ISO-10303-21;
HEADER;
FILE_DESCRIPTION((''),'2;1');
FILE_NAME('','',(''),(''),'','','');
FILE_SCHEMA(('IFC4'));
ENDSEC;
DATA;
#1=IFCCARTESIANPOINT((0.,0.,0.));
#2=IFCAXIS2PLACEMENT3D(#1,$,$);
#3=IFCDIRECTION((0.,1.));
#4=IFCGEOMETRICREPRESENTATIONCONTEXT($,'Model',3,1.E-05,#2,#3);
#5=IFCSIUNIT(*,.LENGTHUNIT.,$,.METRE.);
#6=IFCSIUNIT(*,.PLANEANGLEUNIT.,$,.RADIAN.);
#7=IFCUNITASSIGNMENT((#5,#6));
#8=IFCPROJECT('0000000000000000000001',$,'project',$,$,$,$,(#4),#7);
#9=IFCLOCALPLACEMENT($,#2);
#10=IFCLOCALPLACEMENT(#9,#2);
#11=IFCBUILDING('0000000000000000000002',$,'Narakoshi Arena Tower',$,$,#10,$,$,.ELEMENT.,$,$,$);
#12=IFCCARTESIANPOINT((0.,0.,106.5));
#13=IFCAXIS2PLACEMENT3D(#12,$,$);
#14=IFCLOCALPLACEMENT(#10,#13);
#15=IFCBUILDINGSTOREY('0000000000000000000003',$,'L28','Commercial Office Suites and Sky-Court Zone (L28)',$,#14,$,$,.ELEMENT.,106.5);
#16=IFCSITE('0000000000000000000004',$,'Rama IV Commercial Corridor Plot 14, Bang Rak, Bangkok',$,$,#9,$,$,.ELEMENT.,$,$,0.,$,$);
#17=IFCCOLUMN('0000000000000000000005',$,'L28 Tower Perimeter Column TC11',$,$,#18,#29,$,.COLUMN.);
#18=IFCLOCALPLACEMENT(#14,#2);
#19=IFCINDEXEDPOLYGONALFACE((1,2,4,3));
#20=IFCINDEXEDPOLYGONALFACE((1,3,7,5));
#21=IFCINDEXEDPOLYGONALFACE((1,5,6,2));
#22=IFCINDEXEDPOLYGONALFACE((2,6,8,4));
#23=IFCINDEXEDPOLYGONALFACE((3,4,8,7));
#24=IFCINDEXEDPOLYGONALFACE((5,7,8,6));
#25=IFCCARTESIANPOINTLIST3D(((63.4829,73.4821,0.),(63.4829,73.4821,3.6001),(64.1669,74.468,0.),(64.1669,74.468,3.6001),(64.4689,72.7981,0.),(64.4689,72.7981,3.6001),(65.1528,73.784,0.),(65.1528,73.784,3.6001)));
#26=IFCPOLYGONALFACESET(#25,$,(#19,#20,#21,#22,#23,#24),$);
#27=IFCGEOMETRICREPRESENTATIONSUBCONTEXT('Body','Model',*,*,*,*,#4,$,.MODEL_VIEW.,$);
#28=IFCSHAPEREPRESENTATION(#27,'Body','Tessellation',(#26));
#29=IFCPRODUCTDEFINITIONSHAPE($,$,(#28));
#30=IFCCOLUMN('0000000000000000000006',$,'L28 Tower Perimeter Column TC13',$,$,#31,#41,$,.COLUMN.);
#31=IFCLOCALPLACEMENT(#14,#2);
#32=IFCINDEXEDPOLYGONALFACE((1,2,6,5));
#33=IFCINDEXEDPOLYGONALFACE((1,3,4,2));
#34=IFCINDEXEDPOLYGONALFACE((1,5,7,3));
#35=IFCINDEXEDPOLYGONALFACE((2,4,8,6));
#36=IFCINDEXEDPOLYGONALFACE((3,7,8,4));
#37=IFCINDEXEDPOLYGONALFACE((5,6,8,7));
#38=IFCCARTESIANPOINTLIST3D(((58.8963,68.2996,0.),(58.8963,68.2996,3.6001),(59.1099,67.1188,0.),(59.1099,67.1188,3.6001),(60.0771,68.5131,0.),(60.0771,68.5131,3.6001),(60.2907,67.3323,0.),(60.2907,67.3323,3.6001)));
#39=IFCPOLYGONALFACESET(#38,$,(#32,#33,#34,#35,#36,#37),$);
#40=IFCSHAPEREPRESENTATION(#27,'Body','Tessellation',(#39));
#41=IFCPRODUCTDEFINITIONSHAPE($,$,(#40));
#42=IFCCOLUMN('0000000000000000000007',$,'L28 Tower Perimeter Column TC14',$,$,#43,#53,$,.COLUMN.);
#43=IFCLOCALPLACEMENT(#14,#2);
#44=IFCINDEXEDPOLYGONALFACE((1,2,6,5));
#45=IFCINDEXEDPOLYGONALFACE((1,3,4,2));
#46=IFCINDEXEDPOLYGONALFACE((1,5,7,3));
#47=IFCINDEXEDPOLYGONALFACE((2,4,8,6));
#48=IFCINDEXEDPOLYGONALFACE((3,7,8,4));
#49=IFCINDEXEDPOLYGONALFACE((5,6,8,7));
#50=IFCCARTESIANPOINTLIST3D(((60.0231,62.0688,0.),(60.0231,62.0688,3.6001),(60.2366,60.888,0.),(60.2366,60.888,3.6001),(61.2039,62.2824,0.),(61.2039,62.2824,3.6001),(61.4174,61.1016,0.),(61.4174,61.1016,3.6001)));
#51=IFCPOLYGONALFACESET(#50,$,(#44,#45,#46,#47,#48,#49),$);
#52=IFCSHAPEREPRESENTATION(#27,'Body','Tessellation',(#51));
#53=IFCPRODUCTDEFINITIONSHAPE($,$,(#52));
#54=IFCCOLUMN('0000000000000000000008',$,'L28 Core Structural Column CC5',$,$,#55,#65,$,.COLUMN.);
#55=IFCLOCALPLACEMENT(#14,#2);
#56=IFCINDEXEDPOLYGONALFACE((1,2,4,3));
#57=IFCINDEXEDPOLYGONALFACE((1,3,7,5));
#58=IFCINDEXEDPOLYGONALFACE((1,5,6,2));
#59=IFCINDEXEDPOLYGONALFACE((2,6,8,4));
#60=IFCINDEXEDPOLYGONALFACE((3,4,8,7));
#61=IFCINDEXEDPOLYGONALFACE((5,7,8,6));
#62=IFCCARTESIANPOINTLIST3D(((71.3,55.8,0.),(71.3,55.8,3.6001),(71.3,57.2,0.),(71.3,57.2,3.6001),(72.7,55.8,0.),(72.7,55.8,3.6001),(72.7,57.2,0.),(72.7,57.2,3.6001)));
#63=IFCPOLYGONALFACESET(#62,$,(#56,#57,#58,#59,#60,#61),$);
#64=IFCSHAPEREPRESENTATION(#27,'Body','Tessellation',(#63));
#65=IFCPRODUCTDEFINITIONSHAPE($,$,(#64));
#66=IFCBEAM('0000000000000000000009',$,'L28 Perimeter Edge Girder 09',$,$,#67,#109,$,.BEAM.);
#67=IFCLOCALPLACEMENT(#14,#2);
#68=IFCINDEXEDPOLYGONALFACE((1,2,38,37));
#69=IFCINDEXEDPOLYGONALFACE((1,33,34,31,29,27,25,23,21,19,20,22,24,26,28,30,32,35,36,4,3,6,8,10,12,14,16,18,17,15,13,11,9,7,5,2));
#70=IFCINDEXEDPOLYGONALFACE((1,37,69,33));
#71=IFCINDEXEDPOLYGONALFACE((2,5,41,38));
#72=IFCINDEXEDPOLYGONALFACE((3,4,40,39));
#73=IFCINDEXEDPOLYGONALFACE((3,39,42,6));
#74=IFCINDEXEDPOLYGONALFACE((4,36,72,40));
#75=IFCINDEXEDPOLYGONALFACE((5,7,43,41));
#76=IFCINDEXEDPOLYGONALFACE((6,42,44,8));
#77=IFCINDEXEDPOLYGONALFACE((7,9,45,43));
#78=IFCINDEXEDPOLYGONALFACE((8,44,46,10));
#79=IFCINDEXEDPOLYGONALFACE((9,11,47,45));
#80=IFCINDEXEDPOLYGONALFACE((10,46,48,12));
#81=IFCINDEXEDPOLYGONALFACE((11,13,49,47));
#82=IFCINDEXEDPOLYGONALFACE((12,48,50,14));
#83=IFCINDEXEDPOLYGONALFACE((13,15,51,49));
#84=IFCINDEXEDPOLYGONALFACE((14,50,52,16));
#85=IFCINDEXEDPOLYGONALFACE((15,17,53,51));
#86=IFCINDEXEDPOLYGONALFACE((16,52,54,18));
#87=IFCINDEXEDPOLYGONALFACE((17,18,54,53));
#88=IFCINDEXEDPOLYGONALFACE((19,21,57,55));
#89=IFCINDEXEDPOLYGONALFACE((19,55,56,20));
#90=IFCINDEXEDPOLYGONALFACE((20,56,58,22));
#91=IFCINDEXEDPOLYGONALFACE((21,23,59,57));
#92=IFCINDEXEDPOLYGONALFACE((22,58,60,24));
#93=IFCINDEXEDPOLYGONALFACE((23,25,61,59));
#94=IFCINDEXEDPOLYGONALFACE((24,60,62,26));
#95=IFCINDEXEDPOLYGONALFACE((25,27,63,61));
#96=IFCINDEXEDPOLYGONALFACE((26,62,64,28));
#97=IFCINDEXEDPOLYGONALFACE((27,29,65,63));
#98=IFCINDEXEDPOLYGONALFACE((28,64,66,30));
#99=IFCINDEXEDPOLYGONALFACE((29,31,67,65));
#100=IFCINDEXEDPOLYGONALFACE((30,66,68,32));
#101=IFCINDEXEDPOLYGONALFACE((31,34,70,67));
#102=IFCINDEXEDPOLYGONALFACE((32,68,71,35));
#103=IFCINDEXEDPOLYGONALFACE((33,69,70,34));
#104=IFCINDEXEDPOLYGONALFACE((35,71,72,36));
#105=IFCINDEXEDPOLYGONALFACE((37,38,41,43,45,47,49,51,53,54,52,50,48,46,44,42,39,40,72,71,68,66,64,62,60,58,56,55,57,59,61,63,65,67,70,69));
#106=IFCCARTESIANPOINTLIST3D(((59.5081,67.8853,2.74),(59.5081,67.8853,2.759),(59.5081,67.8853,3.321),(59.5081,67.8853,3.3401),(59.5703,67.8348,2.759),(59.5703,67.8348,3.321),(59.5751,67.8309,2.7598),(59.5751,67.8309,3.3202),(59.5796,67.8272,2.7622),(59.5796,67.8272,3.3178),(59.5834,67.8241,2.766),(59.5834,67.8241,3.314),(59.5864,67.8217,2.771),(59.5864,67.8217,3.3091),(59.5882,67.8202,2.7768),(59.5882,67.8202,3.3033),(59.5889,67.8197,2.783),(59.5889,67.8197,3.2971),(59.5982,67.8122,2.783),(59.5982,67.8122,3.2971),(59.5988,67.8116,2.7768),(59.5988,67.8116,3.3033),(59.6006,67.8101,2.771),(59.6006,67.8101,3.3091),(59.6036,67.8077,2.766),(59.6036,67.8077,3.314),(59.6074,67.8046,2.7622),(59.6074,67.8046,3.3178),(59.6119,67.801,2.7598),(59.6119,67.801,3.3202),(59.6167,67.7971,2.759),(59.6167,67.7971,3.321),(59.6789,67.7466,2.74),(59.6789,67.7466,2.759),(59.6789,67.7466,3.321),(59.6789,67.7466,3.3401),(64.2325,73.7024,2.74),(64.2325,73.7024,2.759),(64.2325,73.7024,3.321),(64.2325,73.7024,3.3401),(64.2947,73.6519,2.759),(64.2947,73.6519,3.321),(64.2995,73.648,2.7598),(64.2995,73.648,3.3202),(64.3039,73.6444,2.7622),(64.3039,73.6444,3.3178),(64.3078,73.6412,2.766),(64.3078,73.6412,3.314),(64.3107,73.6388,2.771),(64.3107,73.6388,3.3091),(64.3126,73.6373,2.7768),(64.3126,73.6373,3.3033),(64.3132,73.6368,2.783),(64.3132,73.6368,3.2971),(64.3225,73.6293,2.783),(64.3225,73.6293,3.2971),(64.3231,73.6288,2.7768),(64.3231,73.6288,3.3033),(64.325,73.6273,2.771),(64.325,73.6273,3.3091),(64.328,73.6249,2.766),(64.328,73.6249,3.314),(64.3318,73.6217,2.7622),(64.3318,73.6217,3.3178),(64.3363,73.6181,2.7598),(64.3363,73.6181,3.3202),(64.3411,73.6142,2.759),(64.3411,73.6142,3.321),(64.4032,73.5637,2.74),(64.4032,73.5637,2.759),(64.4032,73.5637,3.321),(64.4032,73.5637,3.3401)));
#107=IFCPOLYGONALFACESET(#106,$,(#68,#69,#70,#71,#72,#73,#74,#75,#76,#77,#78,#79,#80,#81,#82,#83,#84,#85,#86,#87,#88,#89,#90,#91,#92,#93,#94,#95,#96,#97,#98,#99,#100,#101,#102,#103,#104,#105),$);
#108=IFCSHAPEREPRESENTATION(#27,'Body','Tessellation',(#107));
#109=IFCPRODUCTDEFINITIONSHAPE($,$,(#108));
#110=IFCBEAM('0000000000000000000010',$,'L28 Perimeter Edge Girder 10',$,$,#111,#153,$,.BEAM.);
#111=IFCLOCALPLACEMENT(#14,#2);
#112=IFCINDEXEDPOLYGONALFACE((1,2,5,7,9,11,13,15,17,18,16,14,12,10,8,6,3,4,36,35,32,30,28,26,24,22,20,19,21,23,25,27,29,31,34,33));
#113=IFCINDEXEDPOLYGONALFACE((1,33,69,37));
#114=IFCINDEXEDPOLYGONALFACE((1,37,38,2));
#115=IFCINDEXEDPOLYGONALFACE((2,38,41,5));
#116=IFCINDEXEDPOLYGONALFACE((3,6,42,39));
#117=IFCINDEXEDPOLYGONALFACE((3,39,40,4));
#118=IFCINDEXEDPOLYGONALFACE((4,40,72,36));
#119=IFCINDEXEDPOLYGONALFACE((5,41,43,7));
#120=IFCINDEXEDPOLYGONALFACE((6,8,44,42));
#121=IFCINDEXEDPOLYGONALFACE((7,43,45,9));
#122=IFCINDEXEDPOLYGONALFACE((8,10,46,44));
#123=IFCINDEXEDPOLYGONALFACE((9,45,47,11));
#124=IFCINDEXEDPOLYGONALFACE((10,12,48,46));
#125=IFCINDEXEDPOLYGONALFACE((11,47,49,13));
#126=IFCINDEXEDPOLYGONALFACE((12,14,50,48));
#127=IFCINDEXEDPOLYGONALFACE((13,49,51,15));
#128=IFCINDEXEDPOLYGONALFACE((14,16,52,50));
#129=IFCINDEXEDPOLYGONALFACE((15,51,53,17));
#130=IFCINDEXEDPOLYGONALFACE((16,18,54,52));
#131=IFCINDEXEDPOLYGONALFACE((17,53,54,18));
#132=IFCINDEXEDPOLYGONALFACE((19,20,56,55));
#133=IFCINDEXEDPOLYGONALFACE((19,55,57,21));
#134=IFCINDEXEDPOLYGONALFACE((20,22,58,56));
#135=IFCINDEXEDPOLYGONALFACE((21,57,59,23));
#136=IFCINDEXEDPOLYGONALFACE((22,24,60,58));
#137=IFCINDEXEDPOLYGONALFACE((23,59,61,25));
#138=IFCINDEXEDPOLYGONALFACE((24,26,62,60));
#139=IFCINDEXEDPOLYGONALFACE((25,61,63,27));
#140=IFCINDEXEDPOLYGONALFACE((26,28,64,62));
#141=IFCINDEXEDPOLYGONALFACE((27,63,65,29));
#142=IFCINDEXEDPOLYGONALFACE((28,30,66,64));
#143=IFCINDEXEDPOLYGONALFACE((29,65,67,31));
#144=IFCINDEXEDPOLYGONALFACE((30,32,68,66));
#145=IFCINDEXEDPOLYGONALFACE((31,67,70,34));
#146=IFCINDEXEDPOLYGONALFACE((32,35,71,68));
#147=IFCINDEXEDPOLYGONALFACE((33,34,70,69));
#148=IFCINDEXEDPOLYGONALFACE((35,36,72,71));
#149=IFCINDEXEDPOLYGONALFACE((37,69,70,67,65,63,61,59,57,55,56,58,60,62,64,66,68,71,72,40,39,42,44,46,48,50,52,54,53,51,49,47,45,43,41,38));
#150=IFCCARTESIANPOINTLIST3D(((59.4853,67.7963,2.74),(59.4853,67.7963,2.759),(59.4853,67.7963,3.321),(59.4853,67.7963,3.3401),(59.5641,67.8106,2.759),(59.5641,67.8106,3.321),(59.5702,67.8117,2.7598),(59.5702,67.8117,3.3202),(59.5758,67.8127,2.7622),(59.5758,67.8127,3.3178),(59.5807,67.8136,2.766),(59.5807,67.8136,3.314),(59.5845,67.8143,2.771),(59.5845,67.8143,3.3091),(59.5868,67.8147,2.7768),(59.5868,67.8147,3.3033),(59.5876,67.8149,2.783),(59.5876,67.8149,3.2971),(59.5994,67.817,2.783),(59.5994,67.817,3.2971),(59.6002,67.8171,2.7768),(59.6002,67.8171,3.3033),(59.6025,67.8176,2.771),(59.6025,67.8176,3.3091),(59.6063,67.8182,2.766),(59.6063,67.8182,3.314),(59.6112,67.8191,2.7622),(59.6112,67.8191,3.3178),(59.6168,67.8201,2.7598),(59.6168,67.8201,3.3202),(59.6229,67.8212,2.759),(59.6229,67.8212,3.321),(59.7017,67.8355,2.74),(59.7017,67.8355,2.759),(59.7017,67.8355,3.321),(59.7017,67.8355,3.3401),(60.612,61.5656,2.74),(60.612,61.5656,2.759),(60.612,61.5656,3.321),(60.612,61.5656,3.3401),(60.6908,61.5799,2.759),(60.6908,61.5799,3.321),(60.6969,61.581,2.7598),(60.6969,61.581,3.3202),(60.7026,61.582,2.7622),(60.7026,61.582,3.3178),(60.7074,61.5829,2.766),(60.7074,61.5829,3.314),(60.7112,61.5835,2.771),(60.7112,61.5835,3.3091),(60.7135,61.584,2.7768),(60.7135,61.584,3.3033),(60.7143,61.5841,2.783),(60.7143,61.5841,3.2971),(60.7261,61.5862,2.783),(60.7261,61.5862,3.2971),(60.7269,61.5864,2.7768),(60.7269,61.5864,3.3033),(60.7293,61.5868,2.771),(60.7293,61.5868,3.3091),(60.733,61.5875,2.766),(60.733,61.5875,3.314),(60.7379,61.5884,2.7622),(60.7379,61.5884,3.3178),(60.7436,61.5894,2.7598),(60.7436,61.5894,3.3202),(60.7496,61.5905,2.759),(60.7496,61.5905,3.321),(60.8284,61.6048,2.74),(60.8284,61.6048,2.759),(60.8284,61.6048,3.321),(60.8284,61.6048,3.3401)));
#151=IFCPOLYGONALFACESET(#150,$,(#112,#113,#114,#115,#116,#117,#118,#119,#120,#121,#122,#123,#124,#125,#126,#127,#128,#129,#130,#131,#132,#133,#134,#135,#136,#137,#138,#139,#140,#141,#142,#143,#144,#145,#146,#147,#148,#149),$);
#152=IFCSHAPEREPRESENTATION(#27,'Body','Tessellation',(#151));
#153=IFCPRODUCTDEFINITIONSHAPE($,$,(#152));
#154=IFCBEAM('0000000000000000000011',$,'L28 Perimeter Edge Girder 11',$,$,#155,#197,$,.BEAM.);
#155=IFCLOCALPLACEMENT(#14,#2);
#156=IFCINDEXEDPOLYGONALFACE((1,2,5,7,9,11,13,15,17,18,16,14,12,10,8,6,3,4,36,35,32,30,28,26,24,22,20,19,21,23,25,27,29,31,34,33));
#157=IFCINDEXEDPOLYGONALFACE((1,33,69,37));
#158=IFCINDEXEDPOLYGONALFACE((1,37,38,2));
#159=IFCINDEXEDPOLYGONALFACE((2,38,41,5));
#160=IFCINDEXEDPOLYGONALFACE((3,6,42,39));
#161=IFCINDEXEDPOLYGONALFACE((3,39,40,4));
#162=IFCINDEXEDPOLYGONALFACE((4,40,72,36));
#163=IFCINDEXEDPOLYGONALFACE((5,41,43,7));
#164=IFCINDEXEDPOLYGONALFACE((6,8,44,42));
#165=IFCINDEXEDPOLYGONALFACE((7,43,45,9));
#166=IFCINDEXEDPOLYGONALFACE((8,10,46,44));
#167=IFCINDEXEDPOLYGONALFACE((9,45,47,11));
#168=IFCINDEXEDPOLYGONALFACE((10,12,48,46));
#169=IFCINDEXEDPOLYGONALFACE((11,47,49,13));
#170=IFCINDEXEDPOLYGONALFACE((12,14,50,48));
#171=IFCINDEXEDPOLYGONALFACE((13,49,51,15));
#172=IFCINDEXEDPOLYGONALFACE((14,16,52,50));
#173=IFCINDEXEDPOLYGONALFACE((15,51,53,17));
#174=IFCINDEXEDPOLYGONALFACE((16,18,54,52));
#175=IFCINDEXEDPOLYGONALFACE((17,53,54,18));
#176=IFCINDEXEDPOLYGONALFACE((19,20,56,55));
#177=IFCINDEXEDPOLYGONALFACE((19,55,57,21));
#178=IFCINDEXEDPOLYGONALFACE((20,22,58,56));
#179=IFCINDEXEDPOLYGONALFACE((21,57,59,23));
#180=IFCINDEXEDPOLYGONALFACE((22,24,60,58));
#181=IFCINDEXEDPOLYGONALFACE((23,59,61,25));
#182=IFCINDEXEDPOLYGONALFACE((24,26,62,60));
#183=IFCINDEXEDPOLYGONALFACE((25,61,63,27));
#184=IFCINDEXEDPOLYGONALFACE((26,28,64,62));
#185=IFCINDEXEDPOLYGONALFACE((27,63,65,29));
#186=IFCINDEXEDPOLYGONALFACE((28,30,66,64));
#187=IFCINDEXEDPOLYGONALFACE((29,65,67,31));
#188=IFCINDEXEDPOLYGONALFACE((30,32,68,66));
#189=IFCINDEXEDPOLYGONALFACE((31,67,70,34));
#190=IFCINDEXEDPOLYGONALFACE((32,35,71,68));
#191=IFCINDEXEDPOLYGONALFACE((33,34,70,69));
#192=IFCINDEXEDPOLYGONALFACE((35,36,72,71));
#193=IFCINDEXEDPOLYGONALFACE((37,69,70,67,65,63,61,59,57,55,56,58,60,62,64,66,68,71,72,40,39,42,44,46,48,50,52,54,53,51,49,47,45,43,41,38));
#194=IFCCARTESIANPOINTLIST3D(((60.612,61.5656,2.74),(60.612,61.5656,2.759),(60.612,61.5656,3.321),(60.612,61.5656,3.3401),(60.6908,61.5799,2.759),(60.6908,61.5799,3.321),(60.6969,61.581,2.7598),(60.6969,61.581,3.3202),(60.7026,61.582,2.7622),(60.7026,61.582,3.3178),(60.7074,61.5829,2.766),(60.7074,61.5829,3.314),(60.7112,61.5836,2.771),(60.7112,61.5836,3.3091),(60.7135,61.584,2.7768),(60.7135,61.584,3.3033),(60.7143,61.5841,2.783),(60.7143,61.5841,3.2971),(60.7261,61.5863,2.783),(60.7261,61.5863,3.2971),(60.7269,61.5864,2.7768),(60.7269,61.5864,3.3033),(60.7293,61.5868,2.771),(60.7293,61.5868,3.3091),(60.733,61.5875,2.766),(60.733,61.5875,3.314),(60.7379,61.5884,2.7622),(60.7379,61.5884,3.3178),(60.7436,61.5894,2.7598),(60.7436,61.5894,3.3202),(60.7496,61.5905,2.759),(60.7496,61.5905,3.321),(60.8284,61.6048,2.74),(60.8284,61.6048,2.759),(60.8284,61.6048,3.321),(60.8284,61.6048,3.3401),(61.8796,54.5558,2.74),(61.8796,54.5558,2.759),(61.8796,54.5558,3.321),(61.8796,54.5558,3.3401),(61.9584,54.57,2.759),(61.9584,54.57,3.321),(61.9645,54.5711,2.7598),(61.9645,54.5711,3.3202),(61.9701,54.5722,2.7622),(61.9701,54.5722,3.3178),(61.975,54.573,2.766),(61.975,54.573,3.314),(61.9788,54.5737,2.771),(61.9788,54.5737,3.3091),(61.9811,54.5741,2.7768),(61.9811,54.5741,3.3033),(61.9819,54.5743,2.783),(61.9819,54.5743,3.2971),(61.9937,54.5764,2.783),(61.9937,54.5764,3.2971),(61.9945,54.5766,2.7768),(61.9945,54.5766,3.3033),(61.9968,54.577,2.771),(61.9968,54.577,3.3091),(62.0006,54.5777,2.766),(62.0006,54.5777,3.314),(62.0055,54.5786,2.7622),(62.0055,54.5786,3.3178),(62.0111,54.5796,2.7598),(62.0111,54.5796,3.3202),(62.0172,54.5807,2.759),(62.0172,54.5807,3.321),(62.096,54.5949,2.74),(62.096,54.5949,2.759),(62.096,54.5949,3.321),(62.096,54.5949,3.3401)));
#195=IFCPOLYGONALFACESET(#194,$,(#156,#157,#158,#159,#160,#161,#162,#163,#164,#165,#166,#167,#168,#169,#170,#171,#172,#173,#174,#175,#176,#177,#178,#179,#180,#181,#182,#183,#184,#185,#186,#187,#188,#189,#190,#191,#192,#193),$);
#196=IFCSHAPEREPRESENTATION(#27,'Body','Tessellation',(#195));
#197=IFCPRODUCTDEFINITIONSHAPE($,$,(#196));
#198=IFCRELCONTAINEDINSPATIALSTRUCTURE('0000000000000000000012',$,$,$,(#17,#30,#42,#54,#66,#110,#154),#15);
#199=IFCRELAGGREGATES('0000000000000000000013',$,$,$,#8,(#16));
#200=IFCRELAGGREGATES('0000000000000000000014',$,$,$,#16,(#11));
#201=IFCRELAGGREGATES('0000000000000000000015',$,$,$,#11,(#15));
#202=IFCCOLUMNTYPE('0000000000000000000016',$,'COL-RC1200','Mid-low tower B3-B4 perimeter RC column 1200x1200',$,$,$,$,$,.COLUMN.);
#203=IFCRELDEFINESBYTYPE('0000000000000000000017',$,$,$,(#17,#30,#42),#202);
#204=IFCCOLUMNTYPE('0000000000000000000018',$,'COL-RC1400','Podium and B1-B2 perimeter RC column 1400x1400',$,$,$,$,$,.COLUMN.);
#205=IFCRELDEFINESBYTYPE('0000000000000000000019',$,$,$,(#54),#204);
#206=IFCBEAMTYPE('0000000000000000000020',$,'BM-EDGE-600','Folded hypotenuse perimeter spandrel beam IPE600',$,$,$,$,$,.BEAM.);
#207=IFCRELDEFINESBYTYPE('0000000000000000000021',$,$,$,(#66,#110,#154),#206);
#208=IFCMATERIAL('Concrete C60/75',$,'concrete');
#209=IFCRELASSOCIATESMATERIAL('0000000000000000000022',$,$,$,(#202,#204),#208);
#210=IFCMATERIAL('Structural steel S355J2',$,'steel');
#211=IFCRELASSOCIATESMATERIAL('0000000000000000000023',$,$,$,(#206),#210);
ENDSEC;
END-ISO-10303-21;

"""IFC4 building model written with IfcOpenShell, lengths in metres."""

from ifc_helpers import new_model, si_unit, direction, frame, origin, origin_2d, place, context, subcontext, project, spatial, rectangle, i_section, extrude, material, material_profile, profile_set, type_object, element, save


model = new_model("IFC4")

# Units and contexts
model_context = context("Model", 3, precision=1e-05, world=origin(), true_north=direction((0.0, 1.0)))
body_context = subcontext(model_context, "Body", "Model", "MODEL_VIEW")
ifc_project = project(units=[si_unit("LENGTHUNIT", "METRE"), si_unit("PLANEANGLEUNIT", "RADIAN")], contexts=[model_context])

# Site, building, storey
site_placement = place(None, origin())
site = spatial("IfcSite", under=ifc_project, at=site_placement, Name="Rama IV Commercial Corridor Plot 14, Bang Rak, Bangkok", CompositionType="ELEMENT", RefElevation=0.0)
building_placement = place(site_placement, origin())
building = spatial("IfcBuilding", under=site, at=building_placement, Name="Narakoshi Arena Tower", CompositionType="ELEMENT")
storey_placement = place(building_placement, frame((0.0, 0.0, 106.5)))
storey = spatial("IfcBuildingStorey", under=building, at=storey_placement, Name="L28", Description="Commercial Office Suites and Sky-Court Zone (L28)", CompositionType="ELEMENT", Elevation=106.5)

# Columns
ifc_material_1 = material(Name="Concrete C60/75", Category="concrete")
ifc_material_profile_1 = material_profile(ifc_material_1, rectangle(XDim=1.2, YDim=1.2, at=origin_2d()), Name="RC1200x1200")
ifc_profile_set_1 = profile_set([ifc_material_profile_1], Name="Concrete C60/75")
column_type_1 = type_object("IfcColumnType", Name="COL-RC1200", Description="Mid-low tower B3-B4 perimeter RC column 1200x1200", PredefinedType="COLUMN", material=ifc_profile_set_1)
for number, where, z_axis, x_axis, name in (
    (1, (64.3179, 73.6331, 0.0), (0.0, 0.0, 1.0), (0.569997, 0.821647, 0.0), "L28 Tower Perimeter Column TC11"),
    (2, (59.5935, 67.8159, 0.0), (0.0, 0.0, 1.0), (-0.177944, 0.984041, 0.0), "L28 Tower Perimeter Column TC13"),
    (3, (60.7202, 61.5852, 0.0), (0.0, 0.0, 1.0), (-0.177944, 0.984041, 0.0), "L28 Tower Perimeter Column TC14"),
):
    element("IfcColumn", number, at=place(storey_placement, frame(where, z_axis=z_axis, x_axis=x_axis)), inside=storey, type_object=column_type_1, Name=name, PredefinedType="COLUMN", context=body_context, shape_type="SweptSolid", body=[
        extrude(rectangle(XDim=1.2, YDim=1.2, at=origin_2d()), origin(), (0.0, 0.0, 1.0), 3.6001),
    ])
ifc_material_profile_2 = material_profile(ifc_material_1, rectangle(XDim=1.3999, YDim=1.3999, at=origin_2d()), Name="RC1400x1400")
ifc_profile_set_2 = profile_set([ifc_material_profile_2], Name="Concrete C60/75")
column_type_2 = type_object("IfcColumnType", Name="COL-RC1400", Description="Podium and B1-B2 perimeter RC column 1400x1400", PredefinedType="COLUMN", material=ifc_profile_set_2)
column_placement = place(storey_placement, frame((72.0, 56.5, 0.0), z_axis=(0.0, 0.0, 1.0), x_axis=(1.0, 0.0, 0.0)))
element("IfcColumn", 4, at=column_placement, inside=storey, type_object=column_type_2, Name="L28 Core Structural Column CC5", PredefinedType="COLUMN", context=body_context, shape_type="SweptSolid", body=[
    extrude(rectangle(XDim=1.3999, YDim=1.3999, at=origin_2d()), origin(), (0.0, 0.0, 1.0), 3.6001),
])

# Beams
ifc_material_2 = material(Name="Structural steel S355J2", Category="steel")
ifc_material_profile_3 = material_profile(ifc_material_2, i_section(OverallWidth=0.22, OverallDepth=0.6001, WebThickness=0.012, FlangeThickness=0.019, FilletRadius=0.0239, at=origin_2d()), Name="IPE600")
ifc_profile_set_3 = profile_set([ifc_material_profile_3], Name="Structural steel S355J2")
beam_type_1 = type_object("IfcBeamType", Name="BM-EDGE-600", Description="Folded hypotenuse perimeter spandrel beam IPE600", PredefinedType="BEAM", material=ifc_profile_set_3)
beam_1_placement = place(storey_placement, frame((64.3179, 73.6331, 3.04), z_axis=(-0.630427, -0.776249, 0.0), x_axis=(0.776249, -0.630427, 0.0)))
element("IfcBeam", 5, at=beam_1_placement, inside=storey, type_object=beam_type_1, Name="L28 Perimeter Edge Girder 09", PredefinedType="BEAM", context=body_context, shape_type="SweptSolid", body=[
    extrude(i_section(OverallWidth=0.22, OverallDepth=0.6001, WebThickness=0.012, FlangeThickness=0.019, FilletRadius=0.0239, at=origin_2d()), origin(), (0.0, 0.0, 1.0), 7.4939),
])
beam_2_placement = place(storey_placement, frame((59.5935, 67.8159, 3.04), z_axis=(0.177945, -0.98404, 0.0), x_axis=(0.98404, 0.177945, 0.0)))
element("IfcBeam", 6, at=beam_2_placement, inside=storey, type_object=beam_type_1, Name="L28 Perimeter Edge Girder 10", PredefinedType="BEAM", context=body_context, shape_type="SweptSolid", body=[
    extrude(i_section(OverallWidth=0.22, OverallDepth=0.6001, WebThickness=0.012, FlangeThickness=0.019, FilletRadius=0.0239, at=origin_2d()), origin(), (0.0, 0.0, 1.0), 6.3318),
])
beam_3_placement = place(storey_placement, frame((60.7202, 61.5852, 3.04), z_axis=(0.177944, -0.984041, 0.0), x_axis=(0.984041, 0.177944, 0.0)))
element("IfcBeam", 7, at=beam_3_placement, inside=storey, type_object=beam_type_1, Name="L28 Perimeter Edge Girder 11", PredefinedType="BEAM", context=body_context, shape_type="SweptSolid", body=[
    extrude(i_section(OverallWidth=0.22, OverallDepth=0.6001, WebThickness=0.012, FlangeThickness=0.019, FilletRadius=0.0239, at=origin_2d()), origin(), (0.0, 0.0, 1.0), 7.1235),
])

save(model, "model.ifc")
